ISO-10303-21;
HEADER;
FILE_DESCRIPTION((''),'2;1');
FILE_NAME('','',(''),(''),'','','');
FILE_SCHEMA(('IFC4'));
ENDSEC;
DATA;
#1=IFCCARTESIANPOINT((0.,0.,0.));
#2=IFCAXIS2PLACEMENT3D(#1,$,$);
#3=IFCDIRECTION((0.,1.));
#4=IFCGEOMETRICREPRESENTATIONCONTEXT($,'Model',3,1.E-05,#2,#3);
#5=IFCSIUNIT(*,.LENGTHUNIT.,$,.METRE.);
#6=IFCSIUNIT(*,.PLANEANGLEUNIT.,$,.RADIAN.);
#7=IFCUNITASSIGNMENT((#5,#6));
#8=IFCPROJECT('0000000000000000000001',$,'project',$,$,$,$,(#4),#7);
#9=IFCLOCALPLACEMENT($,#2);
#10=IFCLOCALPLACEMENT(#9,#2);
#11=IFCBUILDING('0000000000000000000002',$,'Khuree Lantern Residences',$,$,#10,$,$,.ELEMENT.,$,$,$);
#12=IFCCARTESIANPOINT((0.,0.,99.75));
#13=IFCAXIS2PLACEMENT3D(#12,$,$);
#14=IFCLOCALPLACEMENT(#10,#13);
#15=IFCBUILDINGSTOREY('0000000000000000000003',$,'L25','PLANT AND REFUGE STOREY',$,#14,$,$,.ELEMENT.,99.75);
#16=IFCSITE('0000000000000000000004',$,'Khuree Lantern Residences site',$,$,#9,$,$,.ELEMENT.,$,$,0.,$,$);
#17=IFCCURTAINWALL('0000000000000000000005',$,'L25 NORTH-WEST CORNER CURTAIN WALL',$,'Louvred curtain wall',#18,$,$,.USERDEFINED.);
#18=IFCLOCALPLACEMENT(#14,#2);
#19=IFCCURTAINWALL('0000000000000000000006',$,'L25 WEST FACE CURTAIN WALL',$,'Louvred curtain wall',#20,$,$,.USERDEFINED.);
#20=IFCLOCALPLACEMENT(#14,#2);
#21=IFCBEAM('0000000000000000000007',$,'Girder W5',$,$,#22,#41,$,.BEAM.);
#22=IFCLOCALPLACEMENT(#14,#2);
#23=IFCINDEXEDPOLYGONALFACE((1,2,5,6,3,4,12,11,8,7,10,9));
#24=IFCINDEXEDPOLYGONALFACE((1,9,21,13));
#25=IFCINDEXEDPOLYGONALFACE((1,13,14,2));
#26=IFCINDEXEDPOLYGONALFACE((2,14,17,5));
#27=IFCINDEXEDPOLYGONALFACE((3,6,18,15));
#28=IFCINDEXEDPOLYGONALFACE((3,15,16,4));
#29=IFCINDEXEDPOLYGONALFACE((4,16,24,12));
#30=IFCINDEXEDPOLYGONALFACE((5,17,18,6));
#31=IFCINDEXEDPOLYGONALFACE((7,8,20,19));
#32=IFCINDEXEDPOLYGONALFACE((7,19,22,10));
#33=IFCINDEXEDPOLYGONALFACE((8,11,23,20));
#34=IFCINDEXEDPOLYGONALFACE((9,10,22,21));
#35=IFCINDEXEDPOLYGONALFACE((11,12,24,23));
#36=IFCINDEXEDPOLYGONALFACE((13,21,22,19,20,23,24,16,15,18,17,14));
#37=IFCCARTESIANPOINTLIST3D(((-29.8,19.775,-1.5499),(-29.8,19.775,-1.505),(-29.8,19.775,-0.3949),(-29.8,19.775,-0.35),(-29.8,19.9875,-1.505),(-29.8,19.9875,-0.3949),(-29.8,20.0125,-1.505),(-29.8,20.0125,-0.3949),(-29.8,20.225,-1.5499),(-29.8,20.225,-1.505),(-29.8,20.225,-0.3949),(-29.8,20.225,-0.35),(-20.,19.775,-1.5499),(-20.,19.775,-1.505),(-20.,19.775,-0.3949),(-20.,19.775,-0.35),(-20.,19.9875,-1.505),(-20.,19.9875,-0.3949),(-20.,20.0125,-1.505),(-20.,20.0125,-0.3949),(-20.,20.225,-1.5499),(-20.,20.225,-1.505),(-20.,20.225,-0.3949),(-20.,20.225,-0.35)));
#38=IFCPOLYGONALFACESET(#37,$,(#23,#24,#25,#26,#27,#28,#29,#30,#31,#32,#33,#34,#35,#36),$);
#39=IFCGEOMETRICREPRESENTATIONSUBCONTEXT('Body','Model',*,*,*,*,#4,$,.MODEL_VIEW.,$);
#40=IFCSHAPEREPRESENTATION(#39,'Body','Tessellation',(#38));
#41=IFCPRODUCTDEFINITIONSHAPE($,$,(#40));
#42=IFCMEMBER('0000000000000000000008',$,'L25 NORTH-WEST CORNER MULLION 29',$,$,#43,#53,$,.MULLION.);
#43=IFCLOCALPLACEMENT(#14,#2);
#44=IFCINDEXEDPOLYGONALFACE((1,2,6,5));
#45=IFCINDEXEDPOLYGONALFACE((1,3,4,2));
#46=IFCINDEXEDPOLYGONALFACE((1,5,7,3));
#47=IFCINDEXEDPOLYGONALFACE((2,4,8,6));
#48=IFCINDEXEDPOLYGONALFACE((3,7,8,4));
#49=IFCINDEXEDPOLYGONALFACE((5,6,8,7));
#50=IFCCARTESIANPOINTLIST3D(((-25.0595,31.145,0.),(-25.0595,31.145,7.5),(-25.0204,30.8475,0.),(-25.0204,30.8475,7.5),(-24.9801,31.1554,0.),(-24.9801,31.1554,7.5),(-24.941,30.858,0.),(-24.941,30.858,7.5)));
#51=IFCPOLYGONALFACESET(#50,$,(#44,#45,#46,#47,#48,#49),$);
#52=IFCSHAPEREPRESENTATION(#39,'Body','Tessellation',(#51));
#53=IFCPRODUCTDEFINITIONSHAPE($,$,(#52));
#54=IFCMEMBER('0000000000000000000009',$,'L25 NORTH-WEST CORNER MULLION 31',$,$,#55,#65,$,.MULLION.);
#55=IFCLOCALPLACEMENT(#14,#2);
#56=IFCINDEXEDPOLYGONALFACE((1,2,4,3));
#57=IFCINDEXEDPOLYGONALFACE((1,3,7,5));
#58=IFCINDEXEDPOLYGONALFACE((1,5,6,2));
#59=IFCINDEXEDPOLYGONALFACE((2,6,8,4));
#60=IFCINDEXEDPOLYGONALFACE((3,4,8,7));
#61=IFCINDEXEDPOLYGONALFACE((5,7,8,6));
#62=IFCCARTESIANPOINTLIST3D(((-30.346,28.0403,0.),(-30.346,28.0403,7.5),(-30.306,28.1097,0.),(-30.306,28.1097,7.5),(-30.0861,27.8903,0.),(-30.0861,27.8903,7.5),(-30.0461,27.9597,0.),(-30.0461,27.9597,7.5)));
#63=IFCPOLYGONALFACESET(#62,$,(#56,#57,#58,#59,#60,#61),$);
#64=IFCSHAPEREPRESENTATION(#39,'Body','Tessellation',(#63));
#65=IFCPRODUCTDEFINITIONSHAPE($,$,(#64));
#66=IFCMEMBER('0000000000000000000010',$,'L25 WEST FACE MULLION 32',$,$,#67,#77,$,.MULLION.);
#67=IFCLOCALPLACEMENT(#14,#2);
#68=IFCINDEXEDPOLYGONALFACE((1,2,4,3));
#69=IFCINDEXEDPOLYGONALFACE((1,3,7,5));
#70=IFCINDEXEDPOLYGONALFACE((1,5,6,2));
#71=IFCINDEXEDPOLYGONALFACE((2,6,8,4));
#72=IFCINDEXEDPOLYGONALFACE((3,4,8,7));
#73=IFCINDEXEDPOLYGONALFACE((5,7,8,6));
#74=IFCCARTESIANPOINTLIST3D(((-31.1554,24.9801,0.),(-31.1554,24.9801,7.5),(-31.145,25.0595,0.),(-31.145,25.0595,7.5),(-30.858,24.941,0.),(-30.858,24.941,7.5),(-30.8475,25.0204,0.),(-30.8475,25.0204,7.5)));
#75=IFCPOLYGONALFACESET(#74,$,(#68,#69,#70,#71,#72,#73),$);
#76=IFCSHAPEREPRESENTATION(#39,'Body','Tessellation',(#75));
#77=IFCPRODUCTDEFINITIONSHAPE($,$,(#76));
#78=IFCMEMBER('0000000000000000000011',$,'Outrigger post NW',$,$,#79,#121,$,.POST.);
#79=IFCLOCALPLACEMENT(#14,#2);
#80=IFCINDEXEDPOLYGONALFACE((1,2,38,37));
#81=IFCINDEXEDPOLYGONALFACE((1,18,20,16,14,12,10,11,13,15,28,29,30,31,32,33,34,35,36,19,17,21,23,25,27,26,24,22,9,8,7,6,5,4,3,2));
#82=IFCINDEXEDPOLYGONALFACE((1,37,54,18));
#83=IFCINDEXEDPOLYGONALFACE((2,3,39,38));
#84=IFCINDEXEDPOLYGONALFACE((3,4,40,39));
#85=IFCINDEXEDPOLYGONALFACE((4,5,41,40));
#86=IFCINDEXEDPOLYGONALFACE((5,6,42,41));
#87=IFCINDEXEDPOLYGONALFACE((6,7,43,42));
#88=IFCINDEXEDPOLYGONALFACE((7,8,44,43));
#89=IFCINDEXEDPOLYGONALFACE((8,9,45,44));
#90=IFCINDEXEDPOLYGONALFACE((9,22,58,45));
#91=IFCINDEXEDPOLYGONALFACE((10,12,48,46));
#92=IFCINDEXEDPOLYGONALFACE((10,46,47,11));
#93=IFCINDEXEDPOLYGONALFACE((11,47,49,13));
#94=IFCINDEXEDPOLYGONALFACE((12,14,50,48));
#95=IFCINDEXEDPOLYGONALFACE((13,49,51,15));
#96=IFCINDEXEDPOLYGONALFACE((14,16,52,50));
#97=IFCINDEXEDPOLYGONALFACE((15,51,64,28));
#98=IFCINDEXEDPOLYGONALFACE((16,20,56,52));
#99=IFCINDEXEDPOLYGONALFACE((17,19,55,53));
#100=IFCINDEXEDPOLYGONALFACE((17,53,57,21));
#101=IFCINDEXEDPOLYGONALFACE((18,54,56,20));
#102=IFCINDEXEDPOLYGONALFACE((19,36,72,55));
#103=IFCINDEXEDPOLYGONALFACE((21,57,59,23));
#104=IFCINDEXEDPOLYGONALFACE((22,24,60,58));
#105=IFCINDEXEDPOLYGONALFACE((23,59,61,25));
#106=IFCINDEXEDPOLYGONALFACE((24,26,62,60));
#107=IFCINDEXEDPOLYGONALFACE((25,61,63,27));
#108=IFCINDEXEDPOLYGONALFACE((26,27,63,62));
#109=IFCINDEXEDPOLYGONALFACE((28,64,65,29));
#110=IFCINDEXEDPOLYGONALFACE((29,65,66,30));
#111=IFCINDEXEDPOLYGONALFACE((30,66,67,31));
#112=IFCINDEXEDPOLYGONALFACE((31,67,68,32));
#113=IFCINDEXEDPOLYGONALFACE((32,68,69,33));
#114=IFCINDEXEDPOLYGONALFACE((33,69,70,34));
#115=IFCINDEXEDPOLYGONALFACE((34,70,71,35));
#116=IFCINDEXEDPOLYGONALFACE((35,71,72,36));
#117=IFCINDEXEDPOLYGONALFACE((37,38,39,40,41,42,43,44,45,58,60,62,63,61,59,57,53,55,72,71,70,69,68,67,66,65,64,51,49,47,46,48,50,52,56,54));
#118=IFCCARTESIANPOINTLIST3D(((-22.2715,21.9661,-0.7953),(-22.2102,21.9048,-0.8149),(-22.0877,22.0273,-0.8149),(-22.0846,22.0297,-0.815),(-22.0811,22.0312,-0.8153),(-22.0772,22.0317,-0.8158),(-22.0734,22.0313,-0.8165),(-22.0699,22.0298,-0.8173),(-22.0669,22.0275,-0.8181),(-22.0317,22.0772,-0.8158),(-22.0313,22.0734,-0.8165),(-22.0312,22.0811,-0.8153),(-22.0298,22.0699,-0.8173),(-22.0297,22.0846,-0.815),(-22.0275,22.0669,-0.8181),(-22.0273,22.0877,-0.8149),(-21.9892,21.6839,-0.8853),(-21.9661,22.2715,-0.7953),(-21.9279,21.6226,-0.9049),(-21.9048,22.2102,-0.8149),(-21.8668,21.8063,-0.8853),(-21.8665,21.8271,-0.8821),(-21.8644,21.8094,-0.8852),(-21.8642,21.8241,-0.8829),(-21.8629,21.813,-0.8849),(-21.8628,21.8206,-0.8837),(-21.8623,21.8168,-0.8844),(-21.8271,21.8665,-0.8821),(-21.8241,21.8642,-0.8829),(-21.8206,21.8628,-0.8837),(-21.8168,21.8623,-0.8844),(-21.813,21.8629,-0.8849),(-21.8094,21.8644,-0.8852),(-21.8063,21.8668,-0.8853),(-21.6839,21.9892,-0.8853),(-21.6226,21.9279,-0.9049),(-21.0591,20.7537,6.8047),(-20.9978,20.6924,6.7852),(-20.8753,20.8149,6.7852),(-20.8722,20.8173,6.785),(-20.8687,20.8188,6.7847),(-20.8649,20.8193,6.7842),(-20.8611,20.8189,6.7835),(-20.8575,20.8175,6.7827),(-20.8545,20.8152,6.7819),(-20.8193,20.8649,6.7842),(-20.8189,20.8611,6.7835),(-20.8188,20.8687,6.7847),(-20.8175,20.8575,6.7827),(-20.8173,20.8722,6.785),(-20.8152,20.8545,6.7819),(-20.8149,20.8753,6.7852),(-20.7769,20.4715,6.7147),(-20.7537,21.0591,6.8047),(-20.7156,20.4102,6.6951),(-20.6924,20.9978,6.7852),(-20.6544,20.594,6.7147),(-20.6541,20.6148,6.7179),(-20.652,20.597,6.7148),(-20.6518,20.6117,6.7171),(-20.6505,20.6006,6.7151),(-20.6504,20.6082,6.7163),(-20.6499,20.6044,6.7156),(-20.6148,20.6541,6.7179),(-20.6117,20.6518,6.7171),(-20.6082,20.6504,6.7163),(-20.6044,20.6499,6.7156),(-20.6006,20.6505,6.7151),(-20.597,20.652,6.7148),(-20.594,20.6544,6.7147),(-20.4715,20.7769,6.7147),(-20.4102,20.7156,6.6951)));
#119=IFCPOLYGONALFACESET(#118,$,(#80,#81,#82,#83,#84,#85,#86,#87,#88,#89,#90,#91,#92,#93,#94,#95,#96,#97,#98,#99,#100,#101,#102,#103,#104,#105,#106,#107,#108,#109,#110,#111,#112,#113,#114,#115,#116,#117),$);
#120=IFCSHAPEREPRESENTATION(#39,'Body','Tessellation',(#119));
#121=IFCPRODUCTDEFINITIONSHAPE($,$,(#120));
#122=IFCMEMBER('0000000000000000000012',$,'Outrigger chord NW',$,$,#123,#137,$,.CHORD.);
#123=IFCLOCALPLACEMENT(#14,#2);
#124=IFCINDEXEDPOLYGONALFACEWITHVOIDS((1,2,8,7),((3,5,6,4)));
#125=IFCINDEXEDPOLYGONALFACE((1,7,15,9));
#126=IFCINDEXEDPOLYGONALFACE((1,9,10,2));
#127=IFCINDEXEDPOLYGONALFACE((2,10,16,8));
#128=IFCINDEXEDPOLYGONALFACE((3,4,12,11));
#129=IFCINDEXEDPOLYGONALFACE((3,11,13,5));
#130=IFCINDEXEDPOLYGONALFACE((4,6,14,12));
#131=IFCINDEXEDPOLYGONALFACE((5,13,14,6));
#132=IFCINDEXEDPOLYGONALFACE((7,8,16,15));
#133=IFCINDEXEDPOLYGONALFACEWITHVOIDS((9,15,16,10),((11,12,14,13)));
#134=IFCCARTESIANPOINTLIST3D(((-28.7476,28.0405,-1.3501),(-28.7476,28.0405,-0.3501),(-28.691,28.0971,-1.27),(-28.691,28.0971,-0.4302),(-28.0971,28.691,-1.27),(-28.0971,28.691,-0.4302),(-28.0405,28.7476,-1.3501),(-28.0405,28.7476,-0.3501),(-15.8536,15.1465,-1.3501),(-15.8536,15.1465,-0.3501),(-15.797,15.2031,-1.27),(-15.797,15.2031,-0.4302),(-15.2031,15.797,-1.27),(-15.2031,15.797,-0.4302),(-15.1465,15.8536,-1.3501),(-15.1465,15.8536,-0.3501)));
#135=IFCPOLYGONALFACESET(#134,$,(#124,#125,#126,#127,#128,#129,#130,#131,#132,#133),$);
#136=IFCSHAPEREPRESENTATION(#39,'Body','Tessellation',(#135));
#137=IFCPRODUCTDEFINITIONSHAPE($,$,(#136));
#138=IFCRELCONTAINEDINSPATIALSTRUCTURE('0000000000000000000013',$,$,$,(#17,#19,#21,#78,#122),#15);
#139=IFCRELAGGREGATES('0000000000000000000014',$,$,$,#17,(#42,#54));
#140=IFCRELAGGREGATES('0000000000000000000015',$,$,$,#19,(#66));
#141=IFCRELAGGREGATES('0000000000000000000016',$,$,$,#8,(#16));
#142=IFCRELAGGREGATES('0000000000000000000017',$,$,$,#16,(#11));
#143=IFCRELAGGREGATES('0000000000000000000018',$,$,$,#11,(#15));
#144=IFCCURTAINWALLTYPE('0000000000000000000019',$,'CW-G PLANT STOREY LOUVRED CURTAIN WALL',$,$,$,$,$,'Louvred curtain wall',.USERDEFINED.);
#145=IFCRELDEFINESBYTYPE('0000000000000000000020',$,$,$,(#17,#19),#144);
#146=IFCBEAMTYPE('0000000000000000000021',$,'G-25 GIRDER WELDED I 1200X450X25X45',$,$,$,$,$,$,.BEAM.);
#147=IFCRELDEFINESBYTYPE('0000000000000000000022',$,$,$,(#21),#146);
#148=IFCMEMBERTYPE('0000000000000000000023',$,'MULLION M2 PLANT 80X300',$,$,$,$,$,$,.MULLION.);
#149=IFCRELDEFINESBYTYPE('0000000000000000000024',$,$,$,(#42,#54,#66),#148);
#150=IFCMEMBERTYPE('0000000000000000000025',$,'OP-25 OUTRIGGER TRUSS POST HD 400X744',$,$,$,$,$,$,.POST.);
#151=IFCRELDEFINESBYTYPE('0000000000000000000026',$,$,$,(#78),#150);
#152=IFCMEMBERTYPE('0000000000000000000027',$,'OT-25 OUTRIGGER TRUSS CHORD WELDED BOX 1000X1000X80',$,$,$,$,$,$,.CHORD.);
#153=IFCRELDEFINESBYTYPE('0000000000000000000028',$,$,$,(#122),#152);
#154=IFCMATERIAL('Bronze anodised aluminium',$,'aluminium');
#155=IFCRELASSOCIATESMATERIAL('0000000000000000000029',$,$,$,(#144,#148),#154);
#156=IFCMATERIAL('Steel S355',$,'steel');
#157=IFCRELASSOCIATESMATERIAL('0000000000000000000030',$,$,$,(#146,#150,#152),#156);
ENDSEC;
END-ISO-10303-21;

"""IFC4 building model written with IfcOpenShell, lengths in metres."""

from ifc_helpers import new_model, si_unit, direction, frame, origin, origin_2d, place, context, subcontext, project, spatial, rectangle, hollow_rectangle, i_section, extrude, material, material_profile, profile_set, type_object, element, aggregate, save


model = new_model("IFC4")

# Units and contexts
model_context = context("Model", 3, precision=1e-05, world=origin(), true_north=direction((0.0, 1.0)))
body_context = subcontext(model_context, "Body", "Model", "MODEL_VIEW")
ifc_project = project(units=[si_unit("LENGTHUNIT", "METRE"), si_unit("PLANEANGLEUNIT", "RADIAN")], contexts=[model_context])

# Site, building, storey
site_placement = place(None, origin())
site = spatial("IfcSite", under=ifc_project, at=site_placement, Name="Khuree Lantern Residences site", CompositionType="ELEMENT", RefElevation=0.0)
building_placement = place(site_placement, origin())
building = spatial("IfcBuilding", under=site, at=building_placement, Name="Khuree Lantern Residences", CompositionType="ELEMENT")
storey_placement = place(building_placement, frame((0.0, 0.0, 99.75)))
storey = spatial("IfcBuildingStorey", under=building, at=storey_placement, Name="L25", Description="PLANT AND REFUGE STOREY", CompositionType="ELEMENT", Elevation=99.75)

# Shared definitions
ifc_material_1 = material(Name="Steel S355", Category="steel")

# Curtain walls
ifc_material_2 = material(Name="Bronze anodised aluminium", Category="aluminium")
curtain_wall_type = type_object("IfcCurtainWallType", Name="CW-G PLANT STOREY LOUVRED CURTAIN WALL", ElementType="Louvred curtain wall", PredefinedType="USERDEFINED", material=ifc_material_2)
curtain_wall_1_placement = place(storey_placement, origin())
curtain_wall_1 = element("IfcCurtainWall", 1, at=curtain_wall_1_placement, inside=storey, type_object=curtain_wall_type, Name="L25 NORTH-WEST CORNER CURTAIN WALL", ObjectType="Louvred curtain wall", PredefinedType="USERDEFINED")
curtain_wall_2_placement = place(storey_placement, origin())
curtain_wall_2 = element("IfcCurtainWall", 2, at=curtain_wall_2_placement, inside=storey, type_object=curtain_wall_type, Name="L25 WEST FACE CURTAIN WALL", ObjectType="Louvred curtain wall", PredefinedType="USERDEFINED")

# Beam
ifc_material_profile_1 = material_profile(ifc_material_1, i_section(OverallWidth=0.45, OverallDepth=1.2, WebThickness=0.0249, FlangeThickness=0.0449, at=origin_2d()), Name="WELDED I 1200X450X25X45")
ifc_profile_set_1 = profile_set([ifc_material_profile_1], Name="Steel S355")
beam_type_1 = type_object("IfcBeamType", Name="G-25 GIRDER WELDED I 1200X450X25X45", PredefinedType="BEAM", material=ifc_profile_set_1)
beam_placement = place(storey_placement, frame((-29.8, 20.0, -0.95), z_axis=(1.0, 0.0, 0.0), x_axis=(0.0, 1.0, 0.0)))
element("IfcBeam", 3, at=beam_placement, inside=storey, type_object=beam_type_1, Name="Girder W5", PredefinedType="BEAM", context=body_context, shape_type="SweptSolid", body=[
    extrude(i_section(OverallWidth=0.45, OverallDepth=1.2, WebThickness=0.0249, FlangeThickness=0.0449, at=origin_2d()), origin(), (0.0, 0.0, 1.0), 9.8),
])

# Members
ifc_material_profile_2 = material_profile(ifc_material_2, rectangle(XDim=0.0801, YDim=0.3, at=origin_2d()), Name="M2 80X300")
ifc_profile_set_2 = profile_set([ifc_material_profile_2], Name="Bronze anodised aluminium")
member_type_1 = type_object("IfcMemberType", Name="MULLION M2 PLANT 80X300", PredefinedType="MULLION", material=ifc_profile_set_2)
member_1_placement = place(storey_placement, frame((-25.0002, 31.0015, 0.0), z_axis=(0.0, 0.0, 1.0), x_axis=(-0.991445, -0.130526, 0.0)))
member_1 = element("IfcMember", 4, at=member_1_placement, type_object=member_type_1, Name="L25 NORTH-WEST CORNER MULLION 29", PredefinedType="MULLION", context=body_context, shape_type="SweptSolid", body=[
    extrude(rectangle(XDim=0.0801, YDim=0.3, at=origin_2d()), origin(), (0.0, 0.0, 1.0), 7.5),
])
member_2_placement = place(storey_placement, frame((-30.196, 28.0, 0.0), z_axis=(0.0, 0.0, 1.0), x_axis=(-0.5, -0.866025, 0.0)))
member_2 = element("IfcMember", 5, at=member_2_placement, type_object=member_type_1, Name="L25 NORTH-WEST CORNER MULLION 31", PredefinedType="MULLION", context=body_context, shape_type="SweptSolid", body=[
    extrude(rectangle(XDim=0.0801, YDim=0.3, at=origin_2d()), origin(), (0.0, 0.0, 1.0), 7.5),
])
member_3_placement = place(storey_placement, frame((-31.0015, 25.0002, 0.0), z_axis=(0.0, 0.0, 1.0), x_axis=(-0.130526, -0.991445, 0.0)))
member_3 = element("IfcMember", 6, at=member_3_placement, type_object=member_type_1, Name="L25 WEST FACE MULLION 32", PredefinedType="MULLION", context=body_context, shape_type="SweptSolid", body=[
    extrude(rectangle(XDim=0.0801, YDim=0.3, at=origin_2d()), origin(), (0.0, 0.0, 1.0), 7.5),
])

# Members
ifc_material_profile_3 = material_profile(ifc_material_1, i_section(OverallWidth=0.4319, OverallDepth=0.498, WebThickness=0.0557, FlangeThickness=0.0889, FilletRadius=0.0149, at=origin_2d()), Name="HD 400X744")
ifc_profile_set_3 = profile_set([ifc_material_profile_3], Name="Steel S355")
member_type_2 = type_object("IfcMemberType", Name="OP-25 OUTRIGGER TRUSS POST HD 400X744", PredefinedType="POST", material=ifc_profile_set_3)
member_4_placement = place(storey_placement, frame((-21.947, 21.947, -0.8501), z_axis=(0.155614, -0.155614, 0.975484), x_axis=(0.707107, 0.707107, 0.0)))
element("IfcMember", 7, at=member_4_placement, inside=storey, type_object=member_type_2, Name="Outrigger post NW", PredefinedType="POST", context=body_context, shape_type="SweptSolid", body=[
    extrude(i_section(OverallWidth=0.4319, OverallDepth=0.498, WebThickness=0.0557, FlangeThickness=0.0889, FilletRadius=0.0149, at=origin_2d()), origin(), (0.0, 0.0, 1.0), 7.791),
])
ifc_material_profile_4 = material_profile(ifc_material_1, hollow_rectangle(XDim=1.0, YDim=1.0, WallThickness=0.0801, at=origin_2d()), Name="WELDED BOX 1000X1000X80")
ifc_profile_set_4 = profile_set([ifc_material_profile_4], Name="Steel S355")
member_type_3 = type_object("IfcMemberType", Name="OT-25 OUTRIGGER TRUSS CHORD WELDED BOX 1000X1000X80", PredefinedType="CHORD", material=ifc_profile_set_4)
member_5_placement = place(storey_placement, frame((-28.394, 28.394, -0.8501), z_axis=(0.707107, -0.707107, 0.0), x_axis=(0.707107, 0.707107, 0.0)))
element("IfcMember", 8, at=member_5_placement, inside=storey, type_object=member_type_3, Name="Outrigger chord NW", PredefinedType="CHORD", context=body_context, shape_type="SweptSolid", body=[
    extrude(hollow_rectangle(XDim=1.0, YDim=1.0, WallThickness=0.0801, at=origin_2d()), origin(), (0.0, 0.0, 1.0), 18.2349),
])

aggregate(curtain_wall_1, [member_1, member_2])
aggregate(curtain_wall_2, [member_3])

save(model, "model.ifc")
